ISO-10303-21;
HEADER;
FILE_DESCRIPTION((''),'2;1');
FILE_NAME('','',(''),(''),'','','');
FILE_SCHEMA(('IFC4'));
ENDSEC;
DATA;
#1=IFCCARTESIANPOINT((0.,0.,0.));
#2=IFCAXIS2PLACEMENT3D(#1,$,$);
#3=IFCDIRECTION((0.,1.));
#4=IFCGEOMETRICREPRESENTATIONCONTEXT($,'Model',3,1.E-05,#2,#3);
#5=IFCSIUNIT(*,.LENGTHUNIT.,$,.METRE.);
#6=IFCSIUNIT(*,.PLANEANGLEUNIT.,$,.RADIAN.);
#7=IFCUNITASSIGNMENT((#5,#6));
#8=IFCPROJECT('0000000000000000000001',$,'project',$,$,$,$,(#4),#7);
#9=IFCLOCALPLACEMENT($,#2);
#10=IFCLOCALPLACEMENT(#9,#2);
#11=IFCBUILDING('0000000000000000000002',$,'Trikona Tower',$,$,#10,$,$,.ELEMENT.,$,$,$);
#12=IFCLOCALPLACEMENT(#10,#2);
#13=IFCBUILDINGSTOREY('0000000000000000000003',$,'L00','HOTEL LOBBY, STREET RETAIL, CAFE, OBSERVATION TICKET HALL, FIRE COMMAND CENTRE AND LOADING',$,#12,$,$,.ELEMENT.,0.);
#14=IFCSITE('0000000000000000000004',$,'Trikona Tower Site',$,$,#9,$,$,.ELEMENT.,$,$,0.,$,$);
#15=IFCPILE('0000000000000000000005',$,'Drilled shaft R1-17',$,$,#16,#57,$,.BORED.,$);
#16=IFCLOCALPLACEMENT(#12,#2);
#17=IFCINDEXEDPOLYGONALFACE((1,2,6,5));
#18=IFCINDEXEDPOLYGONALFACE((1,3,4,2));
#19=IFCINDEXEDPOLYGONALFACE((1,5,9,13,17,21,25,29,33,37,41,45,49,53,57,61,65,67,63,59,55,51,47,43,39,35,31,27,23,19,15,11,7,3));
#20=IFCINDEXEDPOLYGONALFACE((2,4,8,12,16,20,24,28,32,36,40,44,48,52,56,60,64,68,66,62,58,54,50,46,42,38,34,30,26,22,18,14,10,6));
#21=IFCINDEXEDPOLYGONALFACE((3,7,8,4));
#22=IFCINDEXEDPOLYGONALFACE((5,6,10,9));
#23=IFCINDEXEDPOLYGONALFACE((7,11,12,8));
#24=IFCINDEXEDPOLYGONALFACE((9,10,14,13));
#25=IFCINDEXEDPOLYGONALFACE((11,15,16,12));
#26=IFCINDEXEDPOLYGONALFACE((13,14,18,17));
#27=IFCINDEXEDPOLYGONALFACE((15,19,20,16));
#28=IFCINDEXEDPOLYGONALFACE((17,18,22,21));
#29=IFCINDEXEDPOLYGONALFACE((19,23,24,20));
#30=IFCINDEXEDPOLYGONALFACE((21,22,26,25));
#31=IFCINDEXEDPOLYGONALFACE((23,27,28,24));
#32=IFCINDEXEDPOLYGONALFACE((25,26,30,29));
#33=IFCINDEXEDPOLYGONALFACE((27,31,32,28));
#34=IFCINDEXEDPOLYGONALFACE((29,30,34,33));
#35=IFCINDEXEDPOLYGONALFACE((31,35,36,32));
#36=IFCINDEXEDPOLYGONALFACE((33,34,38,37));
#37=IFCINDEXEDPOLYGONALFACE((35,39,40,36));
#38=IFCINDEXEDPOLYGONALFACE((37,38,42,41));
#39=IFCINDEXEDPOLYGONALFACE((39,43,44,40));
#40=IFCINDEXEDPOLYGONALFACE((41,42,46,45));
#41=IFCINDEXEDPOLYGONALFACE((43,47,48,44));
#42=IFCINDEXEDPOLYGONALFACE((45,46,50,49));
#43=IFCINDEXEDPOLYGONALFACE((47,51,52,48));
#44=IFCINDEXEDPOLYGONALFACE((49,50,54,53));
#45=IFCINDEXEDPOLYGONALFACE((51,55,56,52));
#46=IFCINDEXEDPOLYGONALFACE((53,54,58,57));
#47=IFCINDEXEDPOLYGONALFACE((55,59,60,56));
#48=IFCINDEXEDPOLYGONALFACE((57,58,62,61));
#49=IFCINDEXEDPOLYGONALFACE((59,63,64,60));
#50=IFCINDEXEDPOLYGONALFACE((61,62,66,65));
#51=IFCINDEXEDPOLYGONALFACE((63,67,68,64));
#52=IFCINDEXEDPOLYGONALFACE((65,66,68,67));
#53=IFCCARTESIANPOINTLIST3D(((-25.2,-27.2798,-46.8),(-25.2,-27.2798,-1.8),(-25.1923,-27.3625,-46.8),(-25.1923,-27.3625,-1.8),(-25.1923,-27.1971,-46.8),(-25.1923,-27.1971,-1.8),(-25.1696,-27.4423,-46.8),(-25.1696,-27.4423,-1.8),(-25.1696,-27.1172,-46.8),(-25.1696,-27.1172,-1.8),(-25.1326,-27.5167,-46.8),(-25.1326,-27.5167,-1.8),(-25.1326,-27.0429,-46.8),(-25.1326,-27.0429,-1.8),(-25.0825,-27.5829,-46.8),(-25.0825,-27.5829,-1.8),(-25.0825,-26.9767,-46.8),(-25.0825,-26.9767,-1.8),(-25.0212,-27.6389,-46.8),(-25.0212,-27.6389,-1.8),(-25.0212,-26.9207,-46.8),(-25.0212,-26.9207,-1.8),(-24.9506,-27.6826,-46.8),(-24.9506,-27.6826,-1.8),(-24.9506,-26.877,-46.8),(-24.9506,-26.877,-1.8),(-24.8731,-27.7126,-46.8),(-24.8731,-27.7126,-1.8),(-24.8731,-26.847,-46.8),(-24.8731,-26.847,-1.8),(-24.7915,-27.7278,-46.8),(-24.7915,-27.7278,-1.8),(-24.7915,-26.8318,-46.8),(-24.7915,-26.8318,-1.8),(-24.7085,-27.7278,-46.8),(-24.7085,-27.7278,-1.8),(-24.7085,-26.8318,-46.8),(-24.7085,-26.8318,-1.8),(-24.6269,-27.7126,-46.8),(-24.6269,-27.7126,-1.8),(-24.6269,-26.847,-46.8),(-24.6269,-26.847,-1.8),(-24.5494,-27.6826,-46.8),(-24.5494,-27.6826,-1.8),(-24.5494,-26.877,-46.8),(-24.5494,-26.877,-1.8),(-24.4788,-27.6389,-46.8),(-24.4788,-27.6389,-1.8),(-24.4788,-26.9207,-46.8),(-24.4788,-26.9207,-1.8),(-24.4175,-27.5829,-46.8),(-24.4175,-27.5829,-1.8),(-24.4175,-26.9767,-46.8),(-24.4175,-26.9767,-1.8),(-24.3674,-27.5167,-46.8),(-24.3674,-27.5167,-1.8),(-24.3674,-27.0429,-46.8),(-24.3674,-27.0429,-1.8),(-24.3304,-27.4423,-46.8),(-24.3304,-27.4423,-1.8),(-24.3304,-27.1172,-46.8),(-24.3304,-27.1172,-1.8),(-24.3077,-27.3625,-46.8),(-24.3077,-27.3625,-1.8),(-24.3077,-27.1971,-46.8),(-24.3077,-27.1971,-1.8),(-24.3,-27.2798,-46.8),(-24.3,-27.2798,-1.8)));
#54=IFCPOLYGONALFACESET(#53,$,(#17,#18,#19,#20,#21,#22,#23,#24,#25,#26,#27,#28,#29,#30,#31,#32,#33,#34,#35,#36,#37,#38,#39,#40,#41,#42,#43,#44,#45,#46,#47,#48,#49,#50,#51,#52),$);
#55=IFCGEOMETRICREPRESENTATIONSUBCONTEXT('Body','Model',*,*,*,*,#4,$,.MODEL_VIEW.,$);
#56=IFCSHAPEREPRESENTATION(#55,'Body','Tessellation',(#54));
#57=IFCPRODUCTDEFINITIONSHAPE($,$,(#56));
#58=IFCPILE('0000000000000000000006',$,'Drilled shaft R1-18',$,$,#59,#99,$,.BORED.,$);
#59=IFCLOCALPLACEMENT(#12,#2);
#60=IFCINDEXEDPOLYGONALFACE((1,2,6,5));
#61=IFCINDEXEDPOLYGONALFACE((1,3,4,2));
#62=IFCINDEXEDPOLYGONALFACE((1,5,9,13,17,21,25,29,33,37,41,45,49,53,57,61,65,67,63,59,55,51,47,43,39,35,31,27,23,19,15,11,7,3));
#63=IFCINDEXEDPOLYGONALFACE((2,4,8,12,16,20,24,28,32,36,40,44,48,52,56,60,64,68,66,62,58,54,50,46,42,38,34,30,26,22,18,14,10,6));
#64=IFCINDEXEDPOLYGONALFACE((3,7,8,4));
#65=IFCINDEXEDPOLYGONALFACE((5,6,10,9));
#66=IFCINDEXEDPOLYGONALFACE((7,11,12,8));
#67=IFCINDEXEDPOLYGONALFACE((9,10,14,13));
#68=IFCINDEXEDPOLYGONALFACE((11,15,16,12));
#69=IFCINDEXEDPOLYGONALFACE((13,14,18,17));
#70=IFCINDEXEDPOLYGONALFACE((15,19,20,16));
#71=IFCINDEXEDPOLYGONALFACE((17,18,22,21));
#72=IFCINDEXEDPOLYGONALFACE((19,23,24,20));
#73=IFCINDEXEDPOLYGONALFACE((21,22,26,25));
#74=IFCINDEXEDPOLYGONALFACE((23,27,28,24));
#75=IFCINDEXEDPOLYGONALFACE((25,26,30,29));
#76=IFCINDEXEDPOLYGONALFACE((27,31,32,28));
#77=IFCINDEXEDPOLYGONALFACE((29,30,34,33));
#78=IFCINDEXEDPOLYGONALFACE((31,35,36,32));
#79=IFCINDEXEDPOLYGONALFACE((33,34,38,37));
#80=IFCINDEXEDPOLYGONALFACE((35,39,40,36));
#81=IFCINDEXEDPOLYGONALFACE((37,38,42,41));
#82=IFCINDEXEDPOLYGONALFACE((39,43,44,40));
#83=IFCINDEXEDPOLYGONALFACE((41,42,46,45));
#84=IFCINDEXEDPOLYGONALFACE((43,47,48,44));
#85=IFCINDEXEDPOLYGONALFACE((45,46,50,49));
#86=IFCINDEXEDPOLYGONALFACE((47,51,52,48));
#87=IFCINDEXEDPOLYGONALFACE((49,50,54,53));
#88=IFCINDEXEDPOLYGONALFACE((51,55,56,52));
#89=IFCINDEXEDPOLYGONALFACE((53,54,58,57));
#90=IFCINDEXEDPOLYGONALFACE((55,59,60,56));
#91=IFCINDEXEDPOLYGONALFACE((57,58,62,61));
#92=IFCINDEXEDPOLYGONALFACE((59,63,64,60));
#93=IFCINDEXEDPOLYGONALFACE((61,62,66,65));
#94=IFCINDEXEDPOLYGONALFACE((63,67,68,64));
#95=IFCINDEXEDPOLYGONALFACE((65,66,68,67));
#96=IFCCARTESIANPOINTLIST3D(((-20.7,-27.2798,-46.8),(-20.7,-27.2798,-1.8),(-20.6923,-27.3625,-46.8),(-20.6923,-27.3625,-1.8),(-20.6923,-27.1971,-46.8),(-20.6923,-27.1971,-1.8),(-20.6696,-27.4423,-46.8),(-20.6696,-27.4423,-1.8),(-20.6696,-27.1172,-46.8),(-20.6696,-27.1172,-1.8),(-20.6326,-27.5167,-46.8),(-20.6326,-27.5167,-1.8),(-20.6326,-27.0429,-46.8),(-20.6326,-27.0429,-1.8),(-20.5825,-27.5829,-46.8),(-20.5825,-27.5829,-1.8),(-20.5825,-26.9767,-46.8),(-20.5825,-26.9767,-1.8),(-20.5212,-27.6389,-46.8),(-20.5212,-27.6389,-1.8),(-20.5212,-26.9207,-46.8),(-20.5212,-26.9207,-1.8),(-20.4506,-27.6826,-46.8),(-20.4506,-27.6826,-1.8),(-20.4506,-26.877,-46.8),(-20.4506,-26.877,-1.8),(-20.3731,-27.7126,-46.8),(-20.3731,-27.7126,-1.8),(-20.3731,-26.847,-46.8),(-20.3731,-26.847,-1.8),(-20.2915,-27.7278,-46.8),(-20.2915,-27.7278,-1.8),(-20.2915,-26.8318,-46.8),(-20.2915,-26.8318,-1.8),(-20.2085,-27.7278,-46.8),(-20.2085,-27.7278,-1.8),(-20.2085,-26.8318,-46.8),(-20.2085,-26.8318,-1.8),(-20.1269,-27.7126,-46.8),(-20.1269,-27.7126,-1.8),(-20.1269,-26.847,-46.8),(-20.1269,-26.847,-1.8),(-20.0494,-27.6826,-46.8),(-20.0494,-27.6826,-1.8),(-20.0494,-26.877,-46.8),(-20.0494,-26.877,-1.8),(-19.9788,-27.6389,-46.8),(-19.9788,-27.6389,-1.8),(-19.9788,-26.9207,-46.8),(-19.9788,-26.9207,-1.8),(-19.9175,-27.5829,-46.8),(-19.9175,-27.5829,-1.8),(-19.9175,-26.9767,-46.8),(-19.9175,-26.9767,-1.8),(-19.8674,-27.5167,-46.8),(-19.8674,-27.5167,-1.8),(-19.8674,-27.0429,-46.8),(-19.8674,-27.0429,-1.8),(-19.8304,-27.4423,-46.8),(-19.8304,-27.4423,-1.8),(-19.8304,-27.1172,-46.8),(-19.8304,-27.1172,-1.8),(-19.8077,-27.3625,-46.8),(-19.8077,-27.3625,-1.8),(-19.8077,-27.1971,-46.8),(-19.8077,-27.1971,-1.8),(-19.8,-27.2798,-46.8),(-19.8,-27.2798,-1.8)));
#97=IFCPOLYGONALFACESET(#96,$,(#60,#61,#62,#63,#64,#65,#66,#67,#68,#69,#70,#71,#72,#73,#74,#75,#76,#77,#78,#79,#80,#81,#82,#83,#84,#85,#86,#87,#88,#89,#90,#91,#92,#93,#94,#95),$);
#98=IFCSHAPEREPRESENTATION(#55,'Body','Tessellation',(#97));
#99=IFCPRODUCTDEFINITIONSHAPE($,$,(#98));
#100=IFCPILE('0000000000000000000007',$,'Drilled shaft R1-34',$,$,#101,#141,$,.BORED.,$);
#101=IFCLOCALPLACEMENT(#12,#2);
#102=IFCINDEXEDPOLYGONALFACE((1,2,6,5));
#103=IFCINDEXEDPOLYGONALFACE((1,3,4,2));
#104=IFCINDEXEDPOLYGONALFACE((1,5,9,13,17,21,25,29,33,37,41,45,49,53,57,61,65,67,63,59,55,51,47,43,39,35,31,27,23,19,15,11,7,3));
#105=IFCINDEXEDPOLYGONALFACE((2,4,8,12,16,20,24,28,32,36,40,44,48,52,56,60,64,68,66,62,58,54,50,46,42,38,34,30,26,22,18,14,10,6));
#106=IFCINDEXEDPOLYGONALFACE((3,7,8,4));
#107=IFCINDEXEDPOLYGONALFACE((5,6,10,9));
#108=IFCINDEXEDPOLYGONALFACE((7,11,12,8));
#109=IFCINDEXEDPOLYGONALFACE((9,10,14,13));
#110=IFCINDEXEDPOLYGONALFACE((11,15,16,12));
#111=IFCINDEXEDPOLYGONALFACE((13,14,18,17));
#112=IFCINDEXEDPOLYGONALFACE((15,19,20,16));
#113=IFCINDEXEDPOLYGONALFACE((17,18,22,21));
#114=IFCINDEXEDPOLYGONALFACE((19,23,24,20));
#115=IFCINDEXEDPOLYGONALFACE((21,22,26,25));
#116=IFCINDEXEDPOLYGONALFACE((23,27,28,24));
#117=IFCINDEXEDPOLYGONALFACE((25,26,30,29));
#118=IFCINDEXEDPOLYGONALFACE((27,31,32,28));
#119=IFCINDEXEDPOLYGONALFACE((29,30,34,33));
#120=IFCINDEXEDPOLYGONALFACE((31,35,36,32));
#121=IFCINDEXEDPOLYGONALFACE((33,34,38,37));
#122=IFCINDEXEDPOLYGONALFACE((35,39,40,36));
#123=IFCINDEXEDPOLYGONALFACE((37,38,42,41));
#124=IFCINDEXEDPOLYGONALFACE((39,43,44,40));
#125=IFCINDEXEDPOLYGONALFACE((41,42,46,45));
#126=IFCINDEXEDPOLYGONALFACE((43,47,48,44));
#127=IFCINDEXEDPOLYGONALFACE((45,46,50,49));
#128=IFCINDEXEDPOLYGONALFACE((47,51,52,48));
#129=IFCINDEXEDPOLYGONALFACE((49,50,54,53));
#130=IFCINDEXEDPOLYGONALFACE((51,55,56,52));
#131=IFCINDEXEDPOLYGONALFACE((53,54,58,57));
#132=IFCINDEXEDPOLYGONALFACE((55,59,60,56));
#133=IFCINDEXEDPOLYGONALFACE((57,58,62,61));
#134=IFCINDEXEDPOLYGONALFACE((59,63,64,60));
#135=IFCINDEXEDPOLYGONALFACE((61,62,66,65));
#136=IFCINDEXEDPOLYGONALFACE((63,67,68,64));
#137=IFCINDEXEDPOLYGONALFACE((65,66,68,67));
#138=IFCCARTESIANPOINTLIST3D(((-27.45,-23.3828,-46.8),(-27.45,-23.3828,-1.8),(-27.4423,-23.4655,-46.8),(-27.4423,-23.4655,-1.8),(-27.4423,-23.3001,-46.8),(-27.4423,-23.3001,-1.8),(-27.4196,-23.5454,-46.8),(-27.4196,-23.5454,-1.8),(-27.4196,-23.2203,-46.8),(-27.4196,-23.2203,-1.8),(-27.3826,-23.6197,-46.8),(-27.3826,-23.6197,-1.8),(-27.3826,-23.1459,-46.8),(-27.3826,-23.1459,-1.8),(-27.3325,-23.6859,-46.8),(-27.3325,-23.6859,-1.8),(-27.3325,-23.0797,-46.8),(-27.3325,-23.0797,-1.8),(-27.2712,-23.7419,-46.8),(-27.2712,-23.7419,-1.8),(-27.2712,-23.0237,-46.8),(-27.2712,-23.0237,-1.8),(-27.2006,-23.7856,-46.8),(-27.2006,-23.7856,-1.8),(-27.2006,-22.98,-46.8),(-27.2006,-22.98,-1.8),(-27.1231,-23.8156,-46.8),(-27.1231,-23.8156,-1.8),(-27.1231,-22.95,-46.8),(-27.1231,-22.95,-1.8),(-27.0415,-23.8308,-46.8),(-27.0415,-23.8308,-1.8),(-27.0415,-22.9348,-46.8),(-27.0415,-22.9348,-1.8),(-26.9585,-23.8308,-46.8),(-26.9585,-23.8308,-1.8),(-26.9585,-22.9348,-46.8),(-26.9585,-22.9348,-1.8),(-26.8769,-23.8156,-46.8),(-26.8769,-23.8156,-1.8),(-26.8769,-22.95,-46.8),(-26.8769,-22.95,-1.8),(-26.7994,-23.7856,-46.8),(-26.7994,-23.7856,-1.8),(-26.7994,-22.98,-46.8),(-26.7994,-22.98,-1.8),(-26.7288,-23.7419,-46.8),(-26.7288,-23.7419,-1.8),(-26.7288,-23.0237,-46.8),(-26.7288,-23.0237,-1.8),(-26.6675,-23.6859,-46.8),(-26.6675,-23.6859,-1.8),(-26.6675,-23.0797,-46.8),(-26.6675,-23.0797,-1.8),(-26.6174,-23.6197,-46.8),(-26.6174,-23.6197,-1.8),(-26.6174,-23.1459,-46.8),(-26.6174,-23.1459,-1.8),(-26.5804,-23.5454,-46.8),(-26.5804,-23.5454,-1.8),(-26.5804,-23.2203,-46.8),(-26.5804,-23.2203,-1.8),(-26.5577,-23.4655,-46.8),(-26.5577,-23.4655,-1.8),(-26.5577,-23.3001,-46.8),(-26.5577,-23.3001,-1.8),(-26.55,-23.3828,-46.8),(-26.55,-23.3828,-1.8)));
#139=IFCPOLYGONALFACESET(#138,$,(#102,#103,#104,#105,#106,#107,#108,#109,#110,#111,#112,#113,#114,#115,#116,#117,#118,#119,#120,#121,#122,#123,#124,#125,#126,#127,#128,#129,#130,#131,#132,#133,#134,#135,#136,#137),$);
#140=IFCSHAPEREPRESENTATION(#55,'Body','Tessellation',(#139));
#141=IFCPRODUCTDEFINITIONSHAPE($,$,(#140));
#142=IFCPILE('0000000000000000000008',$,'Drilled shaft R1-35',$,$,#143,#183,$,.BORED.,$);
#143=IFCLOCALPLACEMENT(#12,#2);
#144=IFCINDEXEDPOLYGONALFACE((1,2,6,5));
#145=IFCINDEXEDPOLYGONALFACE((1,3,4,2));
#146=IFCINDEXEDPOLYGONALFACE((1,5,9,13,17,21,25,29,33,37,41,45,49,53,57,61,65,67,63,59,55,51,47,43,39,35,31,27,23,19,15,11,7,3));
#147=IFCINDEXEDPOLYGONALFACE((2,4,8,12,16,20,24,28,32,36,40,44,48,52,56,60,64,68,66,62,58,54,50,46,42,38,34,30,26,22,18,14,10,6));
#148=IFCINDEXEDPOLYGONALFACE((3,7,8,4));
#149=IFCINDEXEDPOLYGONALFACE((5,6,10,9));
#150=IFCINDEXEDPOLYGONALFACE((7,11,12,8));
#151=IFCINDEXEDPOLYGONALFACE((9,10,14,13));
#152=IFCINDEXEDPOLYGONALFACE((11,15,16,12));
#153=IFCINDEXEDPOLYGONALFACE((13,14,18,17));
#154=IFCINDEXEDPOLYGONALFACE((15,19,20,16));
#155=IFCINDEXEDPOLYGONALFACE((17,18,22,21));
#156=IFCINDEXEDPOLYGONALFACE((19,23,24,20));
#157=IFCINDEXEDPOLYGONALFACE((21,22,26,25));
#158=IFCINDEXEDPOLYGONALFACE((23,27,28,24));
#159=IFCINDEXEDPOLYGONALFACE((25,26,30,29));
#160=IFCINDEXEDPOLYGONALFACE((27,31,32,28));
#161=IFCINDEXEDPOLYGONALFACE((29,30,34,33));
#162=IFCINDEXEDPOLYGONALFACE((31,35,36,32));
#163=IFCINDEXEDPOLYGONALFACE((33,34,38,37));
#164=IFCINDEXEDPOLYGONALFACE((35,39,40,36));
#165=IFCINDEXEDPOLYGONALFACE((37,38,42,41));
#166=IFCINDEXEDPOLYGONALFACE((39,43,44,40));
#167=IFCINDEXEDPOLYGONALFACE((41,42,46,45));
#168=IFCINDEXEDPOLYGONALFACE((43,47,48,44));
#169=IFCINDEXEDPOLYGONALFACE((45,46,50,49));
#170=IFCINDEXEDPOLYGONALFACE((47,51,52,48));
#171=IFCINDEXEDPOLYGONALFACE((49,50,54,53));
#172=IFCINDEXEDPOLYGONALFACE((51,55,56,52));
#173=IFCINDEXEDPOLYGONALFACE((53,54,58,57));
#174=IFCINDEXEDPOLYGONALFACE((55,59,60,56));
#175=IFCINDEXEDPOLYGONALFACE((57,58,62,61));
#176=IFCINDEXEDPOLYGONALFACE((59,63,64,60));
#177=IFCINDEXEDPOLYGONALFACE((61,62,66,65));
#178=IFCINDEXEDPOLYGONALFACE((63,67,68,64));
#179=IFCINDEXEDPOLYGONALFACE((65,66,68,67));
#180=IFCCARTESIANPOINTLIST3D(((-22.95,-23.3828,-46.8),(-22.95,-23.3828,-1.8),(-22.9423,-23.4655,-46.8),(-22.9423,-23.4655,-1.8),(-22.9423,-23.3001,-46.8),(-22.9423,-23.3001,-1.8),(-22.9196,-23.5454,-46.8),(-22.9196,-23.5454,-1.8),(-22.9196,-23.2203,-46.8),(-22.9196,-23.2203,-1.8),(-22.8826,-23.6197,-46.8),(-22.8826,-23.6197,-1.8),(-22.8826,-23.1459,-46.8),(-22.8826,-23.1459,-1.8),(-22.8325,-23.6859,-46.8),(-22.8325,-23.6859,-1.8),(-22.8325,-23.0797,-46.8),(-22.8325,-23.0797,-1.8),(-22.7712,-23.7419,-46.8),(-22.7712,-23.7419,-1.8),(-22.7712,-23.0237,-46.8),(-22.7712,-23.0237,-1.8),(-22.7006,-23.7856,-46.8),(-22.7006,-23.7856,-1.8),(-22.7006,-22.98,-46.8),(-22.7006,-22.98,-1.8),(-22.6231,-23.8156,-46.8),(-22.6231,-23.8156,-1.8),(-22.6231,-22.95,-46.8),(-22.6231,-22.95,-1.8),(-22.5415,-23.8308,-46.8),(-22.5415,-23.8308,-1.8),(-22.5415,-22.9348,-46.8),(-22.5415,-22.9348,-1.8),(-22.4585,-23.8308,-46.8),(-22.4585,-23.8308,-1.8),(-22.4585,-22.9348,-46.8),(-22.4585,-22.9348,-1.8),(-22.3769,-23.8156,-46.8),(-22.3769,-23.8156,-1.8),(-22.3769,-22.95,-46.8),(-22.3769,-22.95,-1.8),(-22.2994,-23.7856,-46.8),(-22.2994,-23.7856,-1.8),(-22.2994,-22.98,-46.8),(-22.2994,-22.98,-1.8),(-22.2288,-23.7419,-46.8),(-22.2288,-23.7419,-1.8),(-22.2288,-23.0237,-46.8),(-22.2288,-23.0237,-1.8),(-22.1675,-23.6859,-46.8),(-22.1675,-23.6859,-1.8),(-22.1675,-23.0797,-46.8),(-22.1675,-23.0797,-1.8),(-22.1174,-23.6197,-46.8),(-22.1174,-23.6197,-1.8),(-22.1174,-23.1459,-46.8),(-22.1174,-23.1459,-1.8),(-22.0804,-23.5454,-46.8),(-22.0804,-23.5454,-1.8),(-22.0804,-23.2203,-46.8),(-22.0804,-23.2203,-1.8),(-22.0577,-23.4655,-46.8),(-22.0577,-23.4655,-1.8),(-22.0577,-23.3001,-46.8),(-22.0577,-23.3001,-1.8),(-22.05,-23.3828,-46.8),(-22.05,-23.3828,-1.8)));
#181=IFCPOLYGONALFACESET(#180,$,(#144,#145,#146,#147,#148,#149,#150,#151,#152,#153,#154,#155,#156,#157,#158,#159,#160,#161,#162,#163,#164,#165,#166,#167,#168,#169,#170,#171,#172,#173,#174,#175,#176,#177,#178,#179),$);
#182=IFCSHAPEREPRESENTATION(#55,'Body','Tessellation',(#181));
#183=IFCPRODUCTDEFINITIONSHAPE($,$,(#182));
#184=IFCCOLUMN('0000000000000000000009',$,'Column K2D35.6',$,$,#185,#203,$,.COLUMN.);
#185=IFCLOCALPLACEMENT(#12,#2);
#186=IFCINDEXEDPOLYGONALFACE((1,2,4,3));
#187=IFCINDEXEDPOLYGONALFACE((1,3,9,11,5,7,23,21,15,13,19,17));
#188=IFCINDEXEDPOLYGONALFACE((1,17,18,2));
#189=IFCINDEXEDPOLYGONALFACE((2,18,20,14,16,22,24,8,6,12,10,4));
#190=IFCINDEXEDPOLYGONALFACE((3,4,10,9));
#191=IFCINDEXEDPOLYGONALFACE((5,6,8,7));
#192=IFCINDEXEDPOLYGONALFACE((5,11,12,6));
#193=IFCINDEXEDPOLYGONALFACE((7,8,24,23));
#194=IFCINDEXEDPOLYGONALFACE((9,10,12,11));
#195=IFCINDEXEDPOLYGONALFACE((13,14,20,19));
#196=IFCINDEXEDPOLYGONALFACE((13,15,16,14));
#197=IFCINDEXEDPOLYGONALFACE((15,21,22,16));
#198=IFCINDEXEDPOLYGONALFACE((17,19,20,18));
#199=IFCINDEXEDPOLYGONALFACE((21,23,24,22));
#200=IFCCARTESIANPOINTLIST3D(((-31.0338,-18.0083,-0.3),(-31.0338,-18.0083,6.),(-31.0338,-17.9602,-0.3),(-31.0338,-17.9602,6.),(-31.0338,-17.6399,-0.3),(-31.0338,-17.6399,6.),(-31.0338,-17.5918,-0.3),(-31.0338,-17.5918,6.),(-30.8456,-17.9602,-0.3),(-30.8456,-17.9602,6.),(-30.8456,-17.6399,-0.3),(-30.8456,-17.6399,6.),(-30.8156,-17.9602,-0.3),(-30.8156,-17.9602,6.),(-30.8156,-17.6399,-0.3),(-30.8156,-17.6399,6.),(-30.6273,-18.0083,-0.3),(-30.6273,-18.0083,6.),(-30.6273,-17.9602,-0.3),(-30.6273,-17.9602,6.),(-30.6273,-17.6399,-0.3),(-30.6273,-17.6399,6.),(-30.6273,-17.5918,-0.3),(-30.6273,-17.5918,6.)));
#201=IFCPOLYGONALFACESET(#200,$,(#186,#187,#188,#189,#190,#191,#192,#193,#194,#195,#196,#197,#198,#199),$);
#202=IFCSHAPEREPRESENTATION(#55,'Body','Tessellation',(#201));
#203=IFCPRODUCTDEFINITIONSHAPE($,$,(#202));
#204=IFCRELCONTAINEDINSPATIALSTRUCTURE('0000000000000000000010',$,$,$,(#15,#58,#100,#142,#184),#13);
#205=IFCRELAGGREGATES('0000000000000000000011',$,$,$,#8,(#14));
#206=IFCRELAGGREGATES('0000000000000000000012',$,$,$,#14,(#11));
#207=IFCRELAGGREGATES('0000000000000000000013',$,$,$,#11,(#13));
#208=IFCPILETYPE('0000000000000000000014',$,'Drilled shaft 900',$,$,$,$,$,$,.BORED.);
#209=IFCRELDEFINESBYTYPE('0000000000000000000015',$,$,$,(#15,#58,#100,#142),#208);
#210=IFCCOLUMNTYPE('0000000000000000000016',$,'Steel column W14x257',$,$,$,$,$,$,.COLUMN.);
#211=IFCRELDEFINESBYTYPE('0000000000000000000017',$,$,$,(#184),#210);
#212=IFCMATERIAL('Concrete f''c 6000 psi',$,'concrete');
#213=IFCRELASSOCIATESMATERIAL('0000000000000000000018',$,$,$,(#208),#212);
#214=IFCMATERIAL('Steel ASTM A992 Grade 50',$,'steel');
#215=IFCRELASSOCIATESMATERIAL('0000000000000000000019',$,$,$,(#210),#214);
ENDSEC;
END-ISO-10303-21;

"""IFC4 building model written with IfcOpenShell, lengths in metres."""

from ifc_helpers import new_model, si_unit, direction, frame, origin, origin_2d, place, context, subcontext, project, spatial, circle, i_section, extrude, material, material_profile, profile_set, type_object, element, save


model = new_model("IFC4")

# Units and contexts
model_context = context("Model", 3, precision=1e-05, world=origin(), true_north=direction((0.0, 1.0)))
body_context = subcontext(model_context, "Body", "Model", "MODEL_VIEW")
ifc_project = project(units=[si_unit("LENGTHUNIT", "METRE"), si_unit("PLANEANGLEUNIT", "RADIAN")], contexts=[model_context])

# Site, building, storey
site_placement = place(None, origin())
site = spatial("IfcSite", under=ifc_project, at=site_placement, Name="Trikona Tower Site", CompositionType="ELEMENT", RefElevation=0.0)
building_placement = place(site_placement, origin())
building = spatial("IfcBuilding", under=site, at=building_placement, Name="Trikona Tower", CompositionType="ELEMENT")
storey_placement = place(building_placement, origin())
storey = spatial("IfcBuildingStorey", under=building, at=storey_placement, Name="L00", Description="HOTEL LOBBY, STREET RETAIL, CAFE, OBSERVATION TICKET HALL, FIRE COMMAND CENTRE AND LOADING", CompositionType="ELEMENT", Elevation=0.0)

# Piles
ifc_material_1 = material(Name="Concrete f'c 6000 psi", Category="concrete")
pile_type = type_object("IfcPileType", Name="Drilled shaft 900", PredefinedType="BORED", material=ifc_material_1)
for number, where, z_axis, x_axis, name in (
    (1, (-24.75, -27.2798, -1.8), (0.0, 0.0, -1.0), (1.0, 0.0, 0.0), "Drilled shaft R1-17"),
    (2, (-20.25, -27.2798, -1.8), (0.0, 0.0, -1.0), (1.0, 0.0, 0.0), "Drilled shaft R1-18"),
    (3, (-27.0, -23.3828, -1.8), (0.0, 0.0, -1.0), (1.0, 0.0, 0.0), "Drilled shaft R1-34"),
    (4, (-22.5, -23.3828, -1.8), (0.0, 0.0, -1.0), (1.0, 0.0, 0.0), "Drilled shaft R1-35"),
):
    element("IfcPile", number, at=place(storey_placement, frame(where, z_axis=z_axis, x_axis=x_axis)), inside=storey, type_object=pile_type, Name=name, PredefinedType="BORED", context=body_context, shape_type="SweptSolid", body=[
        extrude(circle(Radius=0.45, at=origin_2d()), origin(), (0.0, 0.0, 1.0), 45.0),
    ])

# Column
ifc_material_2 = material(Name="Steel ASTM A992 Grade 50", Category="steel")
ifc_material_profile_1 = material_profile(ifc_material_2, i_section(OverallWidth=0.4065, OverallDepth=0.4165, WebThickness=0.03, FlangeThickness=0.0481, at=origin_2d()), Name="W14X257")
ifc_profile_set_1 = profile_set([ifc_material_profile_1], Name="Steel ASTM A992 Grade 50")
column_type = type_object("IfcColumnType", Name="Steel column W14x257", PredefinedType="COLUMN", material=ifc_profile_set_1)
for number, where, z_axis, x_axis, name in (
    (5, (-30.8306, -17.8, -0.3), (0.0, 0.0, 1.0), (1.0, 0.0, 0.0), "Column K2D35.6"),
):
    element("IfcColumn", number, at=place(storey_placement, frame(where, z_axis=z_axis, x_axis=x_axis)), inside=storey, type_object=column_type, Name=name, PredefinedType="COLUMN", context=body_context, shape_type="SweptSolid", body=[
        extrude(i_section(OverallWidth=0.4065, OverallDepth=0.4165, WebThickness=0.03, FlangeThickness=0.0481, at=origin_2d()), origin(), (0.0, 0.0, 1.0), 6.3),
    ])

save(model, "model.ifc")
